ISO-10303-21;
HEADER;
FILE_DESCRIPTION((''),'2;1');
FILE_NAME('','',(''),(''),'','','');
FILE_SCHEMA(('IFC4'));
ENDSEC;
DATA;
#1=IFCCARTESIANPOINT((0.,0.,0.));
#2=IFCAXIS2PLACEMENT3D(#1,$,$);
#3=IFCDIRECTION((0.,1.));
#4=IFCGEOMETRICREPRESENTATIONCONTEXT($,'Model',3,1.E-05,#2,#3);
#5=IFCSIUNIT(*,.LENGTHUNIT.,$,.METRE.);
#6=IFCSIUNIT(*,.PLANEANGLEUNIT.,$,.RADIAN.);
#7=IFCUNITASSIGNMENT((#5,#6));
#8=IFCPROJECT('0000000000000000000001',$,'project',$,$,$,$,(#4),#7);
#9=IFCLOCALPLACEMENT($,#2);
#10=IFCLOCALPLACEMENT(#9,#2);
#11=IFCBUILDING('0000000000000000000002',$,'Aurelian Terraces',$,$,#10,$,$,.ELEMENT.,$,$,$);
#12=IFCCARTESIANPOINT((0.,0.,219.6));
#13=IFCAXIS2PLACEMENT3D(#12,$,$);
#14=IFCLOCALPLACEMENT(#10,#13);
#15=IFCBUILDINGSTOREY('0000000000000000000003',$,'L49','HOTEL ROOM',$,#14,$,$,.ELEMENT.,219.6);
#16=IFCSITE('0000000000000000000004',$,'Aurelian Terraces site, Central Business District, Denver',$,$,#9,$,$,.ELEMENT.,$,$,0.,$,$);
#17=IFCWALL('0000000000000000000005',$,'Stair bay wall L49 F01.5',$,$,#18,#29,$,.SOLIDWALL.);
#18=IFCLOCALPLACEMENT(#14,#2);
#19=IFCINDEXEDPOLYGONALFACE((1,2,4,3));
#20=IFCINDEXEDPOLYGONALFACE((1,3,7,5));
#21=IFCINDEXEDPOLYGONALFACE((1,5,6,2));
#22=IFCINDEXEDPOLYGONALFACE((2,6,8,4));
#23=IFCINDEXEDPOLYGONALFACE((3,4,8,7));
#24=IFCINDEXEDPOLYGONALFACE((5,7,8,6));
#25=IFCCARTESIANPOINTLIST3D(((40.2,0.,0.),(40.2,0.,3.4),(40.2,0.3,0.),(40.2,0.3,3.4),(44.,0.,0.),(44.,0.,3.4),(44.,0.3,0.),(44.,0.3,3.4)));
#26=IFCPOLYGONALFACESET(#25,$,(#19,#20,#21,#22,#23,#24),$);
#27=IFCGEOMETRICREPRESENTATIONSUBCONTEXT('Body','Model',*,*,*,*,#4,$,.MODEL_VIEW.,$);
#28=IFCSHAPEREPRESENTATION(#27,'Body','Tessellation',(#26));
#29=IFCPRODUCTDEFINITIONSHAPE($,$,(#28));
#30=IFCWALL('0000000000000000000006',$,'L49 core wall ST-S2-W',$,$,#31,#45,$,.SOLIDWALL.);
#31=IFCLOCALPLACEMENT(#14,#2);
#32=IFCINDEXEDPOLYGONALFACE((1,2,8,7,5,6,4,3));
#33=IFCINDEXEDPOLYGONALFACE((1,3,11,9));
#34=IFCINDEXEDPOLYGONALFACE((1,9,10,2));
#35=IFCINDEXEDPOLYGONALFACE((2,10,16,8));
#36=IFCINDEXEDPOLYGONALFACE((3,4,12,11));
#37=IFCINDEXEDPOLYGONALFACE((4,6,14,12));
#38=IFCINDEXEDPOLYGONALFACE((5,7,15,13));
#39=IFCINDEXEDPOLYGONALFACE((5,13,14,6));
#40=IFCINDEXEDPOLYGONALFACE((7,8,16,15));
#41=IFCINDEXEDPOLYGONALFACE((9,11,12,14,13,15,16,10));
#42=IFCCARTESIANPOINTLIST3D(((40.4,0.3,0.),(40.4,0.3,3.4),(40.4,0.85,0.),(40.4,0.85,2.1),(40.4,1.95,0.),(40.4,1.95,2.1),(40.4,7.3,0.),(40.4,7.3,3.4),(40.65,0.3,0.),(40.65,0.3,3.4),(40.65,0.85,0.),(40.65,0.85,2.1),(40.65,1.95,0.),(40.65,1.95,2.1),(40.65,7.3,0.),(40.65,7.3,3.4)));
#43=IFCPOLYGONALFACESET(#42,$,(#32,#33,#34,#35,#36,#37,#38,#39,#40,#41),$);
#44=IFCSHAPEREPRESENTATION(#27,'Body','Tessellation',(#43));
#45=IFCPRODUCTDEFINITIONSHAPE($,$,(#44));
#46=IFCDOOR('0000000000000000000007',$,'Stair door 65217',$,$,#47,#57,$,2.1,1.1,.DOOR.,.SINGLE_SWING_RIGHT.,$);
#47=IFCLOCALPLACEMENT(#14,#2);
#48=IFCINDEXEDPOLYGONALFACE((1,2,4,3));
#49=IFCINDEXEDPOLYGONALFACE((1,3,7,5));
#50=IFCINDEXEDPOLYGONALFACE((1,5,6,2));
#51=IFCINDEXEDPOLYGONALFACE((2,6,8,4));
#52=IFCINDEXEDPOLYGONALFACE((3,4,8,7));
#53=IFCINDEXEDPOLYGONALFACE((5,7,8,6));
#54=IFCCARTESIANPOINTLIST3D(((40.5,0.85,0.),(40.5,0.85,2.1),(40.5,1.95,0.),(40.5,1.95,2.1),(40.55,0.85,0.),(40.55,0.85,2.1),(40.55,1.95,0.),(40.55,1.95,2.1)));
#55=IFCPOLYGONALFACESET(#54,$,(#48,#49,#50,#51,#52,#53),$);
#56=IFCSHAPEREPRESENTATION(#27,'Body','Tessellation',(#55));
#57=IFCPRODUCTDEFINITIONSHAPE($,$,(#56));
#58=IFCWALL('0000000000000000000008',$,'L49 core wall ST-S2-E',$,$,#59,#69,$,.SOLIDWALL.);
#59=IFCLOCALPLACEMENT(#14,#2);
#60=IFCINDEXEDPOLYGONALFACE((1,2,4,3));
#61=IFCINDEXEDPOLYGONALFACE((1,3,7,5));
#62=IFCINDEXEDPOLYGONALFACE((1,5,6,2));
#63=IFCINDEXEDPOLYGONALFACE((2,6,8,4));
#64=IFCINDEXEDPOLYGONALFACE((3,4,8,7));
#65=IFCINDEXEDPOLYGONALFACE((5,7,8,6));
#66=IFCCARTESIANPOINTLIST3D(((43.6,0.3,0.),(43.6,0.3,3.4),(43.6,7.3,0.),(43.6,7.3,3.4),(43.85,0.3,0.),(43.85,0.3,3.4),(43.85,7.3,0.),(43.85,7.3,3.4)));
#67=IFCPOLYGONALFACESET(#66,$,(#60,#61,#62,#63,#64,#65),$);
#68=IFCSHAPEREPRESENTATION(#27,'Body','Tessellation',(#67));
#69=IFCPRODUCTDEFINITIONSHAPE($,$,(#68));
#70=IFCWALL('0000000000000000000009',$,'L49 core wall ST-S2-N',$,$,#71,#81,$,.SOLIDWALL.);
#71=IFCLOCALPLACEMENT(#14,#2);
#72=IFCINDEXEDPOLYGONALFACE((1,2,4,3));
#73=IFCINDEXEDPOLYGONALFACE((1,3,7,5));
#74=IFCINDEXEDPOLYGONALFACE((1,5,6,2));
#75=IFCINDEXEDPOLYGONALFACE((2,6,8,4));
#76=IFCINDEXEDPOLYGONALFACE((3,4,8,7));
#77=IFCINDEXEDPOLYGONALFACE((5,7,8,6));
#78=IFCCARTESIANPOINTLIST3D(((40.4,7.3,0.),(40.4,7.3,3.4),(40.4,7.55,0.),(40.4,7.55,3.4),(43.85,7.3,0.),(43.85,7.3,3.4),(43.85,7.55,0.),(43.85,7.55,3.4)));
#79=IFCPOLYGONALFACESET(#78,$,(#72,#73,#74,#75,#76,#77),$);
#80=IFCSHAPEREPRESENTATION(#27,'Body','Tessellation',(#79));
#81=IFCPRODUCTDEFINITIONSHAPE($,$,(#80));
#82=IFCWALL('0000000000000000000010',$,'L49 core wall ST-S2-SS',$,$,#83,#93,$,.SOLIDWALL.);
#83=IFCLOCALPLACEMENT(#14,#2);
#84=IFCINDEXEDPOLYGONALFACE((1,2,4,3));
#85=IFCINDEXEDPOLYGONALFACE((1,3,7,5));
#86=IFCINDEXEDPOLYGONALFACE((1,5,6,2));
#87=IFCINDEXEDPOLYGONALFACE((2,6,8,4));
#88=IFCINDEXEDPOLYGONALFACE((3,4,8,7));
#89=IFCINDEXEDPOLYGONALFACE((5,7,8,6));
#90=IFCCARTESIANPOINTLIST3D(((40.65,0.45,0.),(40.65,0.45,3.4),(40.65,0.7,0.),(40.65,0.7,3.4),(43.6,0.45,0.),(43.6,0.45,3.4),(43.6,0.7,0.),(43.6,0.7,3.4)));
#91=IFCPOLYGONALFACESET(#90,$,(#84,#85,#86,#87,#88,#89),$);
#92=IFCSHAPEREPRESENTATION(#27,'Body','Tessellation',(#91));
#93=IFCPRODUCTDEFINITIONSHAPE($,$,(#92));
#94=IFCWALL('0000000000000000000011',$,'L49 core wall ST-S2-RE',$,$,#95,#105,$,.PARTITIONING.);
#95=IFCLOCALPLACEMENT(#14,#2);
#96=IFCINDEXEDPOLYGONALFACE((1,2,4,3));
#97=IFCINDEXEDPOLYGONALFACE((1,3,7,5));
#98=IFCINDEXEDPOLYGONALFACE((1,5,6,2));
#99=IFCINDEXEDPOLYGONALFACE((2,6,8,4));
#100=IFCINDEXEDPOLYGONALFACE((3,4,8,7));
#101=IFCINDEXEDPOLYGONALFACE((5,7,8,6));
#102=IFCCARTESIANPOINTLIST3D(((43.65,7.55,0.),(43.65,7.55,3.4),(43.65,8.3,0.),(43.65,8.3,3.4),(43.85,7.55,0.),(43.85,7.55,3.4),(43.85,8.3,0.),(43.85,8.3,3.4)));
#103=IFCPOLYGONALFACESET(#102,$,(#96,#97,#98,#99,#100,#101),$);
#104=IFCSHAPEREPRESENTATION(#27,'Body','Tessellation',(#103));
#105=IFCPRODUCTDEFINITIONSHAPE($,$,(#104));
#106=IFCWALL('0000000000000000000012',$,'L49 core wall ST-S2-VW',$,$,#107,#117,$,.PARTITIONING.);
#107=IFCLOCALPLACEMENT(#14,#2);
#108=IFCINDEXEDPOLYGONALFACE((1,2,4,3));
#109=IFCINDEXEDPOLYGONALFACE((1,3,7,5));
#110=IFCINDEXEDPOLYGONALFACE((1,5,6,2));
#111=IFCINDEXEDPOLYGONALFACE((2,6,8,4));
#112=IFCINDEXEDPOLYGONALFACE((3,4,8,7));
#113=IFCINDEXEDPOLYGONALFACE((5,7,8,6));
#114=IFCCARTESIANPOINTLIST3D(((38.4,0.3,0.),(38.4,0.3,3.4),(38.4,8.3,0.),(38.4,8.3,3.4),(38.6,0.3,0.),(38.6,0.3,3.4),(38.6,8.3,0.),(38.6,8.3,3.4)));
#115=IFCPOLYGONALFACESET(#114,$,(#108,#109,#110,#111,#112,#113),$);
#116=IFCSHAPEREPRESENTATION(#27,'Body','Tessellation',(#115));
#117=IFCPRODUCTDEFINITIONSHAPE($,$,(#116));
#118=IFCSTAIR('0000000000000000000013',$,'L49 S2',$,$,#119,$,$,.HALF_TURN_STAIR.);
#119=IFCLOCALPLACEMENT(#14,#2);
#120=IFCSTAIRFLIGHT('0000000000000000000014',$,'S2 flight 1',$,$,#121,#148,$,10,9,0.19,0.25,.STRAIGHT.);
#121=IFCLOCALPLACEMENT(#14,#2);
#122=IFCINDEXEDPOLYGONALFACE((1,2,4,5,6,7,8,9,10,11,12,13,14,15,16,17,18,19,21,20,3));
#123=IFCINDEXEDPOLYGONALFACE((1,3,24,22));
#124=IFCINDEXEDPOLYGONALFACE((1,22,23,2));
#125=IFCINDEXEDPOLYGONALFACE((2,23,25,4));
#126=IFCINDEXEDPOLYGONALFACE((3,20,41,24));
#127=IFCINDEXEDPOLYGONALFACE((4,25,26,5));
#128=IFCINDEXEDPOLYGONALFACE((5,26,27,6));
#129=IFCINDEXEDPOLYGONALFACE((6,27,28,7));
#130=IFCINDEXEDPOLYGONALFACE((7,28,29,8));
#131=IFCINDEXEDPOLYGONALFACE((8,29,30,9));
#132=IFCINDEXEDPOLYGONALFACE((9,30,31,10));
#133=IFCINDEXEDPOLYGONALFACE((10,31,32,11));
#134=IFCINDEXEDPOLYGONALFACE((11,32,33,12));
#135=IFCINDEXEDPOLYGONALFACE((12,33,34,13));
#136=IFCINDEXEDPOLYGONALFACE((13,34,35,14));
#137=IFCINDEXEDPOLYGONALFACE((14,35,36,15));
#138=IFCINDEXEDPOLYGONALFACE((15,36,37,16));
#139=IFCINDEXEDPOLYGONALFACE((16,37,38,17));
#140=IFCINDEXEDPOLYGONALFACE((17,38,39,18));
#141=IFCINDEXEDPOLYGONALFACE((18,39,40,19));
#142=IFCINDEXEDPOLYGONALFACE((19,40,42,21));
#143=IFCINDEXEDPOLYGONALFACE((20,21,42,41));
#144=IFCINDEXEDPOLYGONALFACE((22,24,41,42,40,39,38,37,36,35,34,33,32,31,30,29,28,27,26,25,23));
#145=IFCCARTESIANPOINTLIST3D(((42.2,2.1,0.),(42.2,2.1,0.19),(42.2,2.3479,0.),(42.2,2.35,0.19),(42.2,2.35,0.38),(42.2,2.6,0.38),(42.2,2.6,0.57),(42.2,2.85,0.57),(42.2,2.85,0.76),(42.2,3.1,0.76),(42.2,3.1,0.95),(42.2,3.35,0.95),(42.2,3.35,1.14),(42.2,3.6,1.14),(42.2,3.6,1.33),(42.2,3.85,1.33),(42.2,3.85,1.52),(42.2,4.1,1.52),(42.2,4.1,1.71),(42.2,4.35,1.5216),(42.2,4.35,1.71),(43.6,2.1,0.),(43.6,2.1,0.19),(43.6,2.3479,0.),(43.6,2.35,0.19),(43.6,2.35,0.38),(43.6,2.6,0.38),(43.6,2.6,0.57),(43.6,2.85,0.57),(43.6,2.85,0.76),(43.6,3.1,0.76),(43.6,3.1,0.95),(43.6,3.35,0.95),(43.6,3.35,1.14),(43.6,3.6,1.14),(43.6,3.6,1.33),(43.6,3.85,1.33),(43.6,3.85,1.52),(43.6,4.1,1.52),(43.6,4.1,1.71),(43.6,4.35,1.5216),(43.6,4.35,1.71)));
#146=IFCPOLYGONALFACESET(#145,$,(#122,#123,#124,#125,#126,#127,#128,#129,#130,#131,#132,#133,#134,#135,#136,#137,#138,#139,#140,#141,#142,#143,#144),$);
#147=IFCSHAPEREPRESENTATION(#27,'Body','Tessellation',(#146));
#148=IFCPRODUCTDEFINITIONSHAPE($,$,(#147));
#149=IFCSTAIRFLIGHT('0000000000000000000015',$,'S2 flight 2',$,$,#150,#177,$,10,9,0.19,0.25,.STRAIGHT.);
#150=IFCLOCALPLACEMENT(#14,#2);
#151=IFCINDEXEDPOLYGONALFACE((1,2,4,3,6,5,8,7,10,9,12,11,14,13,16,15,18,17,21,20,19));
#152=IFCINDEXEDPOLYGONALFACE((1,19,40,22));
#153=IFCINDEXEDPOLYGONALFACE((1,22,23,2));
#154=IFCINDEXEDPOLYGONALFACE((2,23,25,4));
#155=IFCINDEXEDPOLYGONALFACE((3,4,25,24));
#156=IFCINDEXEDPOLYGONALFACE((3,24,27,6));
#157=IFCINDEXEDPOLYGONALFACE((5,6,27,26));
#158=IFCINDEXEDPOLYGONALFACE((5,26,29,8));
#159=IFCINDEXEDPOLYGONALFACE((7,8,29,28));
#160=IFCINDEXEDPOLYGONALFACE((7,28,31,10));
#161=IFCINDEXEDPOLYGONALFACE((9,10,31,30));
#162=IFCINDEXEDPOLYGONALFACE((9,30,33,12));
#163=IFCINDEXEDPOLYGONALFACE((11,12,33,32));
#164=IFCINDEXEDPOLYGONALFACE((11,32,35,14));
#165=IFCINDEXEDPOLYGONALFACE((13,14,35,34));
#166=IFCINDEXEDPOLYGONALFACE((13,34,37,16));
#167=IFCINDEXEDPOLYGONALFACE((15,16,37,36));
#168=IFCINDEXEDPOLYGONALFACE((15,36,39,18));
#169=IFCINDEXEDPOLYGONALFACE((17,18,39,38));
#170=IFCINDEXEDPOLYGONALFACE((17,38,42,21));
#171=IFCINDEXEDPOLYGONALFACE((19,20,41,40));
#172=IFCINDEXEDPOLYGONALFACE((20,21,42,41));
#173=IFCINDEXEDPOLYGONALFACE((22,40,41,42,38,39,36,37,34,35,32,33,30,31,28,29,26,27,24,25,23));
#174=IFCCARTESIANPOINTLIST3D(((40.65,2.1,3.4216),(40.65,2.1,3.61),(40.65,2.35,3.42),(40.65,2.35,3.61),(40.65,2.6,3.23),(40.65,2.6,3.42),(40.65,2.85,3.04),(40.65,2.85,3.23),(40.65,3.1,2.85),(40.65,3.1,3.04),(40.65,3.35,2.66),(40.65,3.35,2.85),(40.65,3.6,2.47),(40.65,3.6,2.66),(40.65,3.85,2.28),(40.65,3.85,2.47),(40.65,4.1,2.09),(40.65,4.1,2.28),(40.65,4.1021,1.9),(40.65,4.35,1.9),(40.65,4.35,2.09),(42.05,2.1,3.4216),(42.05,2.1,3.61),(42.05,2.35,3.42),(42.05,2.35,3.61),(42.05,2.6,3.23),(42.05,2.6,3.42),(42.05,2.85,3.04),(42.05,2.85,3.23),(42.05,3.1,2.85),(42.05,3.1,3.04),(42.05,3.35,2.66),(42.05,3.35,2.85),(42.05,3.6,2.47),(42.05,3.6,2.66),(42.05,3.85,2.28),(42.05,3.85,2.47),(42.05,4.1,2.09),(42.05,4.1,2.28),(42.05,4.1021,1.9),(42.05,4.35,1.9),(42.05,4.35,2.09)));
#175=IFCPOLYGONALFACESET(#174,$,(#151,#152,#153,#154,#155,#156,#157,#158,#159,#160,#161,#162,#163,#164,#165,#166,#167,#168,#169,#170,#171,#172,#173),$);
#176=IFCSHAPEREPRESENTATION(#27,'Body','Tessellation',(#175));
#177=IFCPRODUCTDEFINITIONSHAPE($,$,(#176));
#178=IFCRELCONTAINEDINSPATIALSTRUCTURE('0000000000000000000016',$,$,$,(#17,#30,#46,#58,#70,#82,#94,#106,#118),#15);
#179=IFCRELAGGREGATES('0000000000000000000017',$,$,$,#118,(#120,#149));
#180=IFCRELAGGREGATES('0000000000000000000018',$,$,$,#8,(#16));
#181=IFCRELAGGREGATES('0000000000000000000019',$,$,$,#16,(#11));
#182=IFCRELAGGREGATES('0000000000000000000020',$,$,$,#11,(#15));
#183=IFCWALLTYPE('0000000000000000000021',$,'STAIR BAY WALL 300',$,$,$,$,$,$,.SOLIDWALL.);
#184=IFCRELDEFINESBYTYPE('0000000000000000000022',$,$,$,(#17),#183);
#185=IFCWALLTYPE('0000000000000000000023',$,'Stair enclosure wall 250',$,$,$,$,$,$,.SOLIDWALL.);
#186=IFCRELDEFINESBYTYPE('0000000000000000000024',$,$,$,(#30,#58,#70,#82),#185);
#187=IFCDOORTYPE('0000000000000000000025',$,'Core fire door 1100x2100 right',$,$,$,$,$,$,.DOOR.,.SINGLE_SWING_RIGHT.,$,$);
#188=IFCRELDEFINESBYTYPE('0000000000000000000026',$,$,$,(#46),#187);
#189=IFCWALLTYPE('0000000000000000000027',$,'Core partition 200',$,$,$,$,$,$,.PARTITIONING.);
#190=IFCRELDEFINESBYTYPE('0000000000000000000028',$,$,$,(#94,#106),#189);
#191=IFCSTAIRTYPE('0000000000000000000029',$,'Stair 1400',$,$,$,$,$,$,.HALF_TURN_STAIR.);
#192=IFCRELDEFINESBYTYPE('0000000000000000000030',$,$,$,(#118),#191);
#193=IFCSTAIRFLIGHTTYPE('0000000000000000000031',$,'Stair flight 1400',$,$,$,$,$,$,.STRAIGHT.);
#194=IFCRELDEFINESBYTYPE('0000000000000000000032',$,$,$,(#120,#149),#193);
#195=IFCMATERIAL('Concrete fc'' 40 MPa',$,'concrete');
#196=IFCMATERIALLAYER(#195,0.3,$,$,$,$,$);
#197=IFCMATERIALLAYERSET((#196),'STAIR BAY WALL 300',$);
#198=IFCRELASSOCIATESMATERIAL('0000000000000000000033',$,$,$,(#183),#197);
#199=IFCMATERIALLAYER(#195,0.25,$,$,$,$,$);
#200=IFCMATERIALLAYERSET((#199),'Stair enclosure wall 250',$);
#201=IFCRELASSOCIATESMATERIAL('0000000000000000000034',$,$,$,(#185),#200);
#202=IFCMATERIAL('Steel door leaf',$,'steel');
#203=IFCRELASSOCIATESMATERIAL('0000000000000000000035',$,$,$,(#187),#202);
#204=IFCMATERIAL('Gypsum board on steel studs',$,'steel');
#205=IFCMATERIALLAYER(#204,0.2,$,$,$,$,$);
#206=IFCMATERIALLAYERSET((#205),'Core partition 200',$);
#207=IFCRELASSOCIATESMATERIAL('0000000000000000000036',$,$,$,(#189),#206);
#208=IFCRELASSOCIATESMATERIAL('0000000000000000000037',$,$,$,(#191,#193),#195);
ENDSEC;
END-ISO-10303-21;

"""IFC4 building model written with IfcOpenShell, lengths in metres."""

from ifc_helpers import new_model, si_unit, direction, frame, frame_2d, origin, place, context, subcontext, project, spatial, polyline, rectangle, outline, extrude, source, transform, mapped, material, layer, layer_set, type_object, element, fill, aggregate, save


model = new_model("IFC4")

# Units and contexts
model_context = context("Model", 3, precision=1e-05, world=origin(), true_north=direction((0.0, 1.0)))
body_context = subcontext(model_context, "Body", "Model", "MODEL_VIEW")
ifc_project = project(units=[si_unit("LENGTHUNIT", "METRE"), si_unit("PLANEANGLEUNIT", "RADIAN")], contexts=[model_context])

# Site, building, storey
site_placement = place(None, origin())
site = spatial("IfcSite", under=ifc_project, at=site_placement, Name="Aurelian Terraces site, Central Business District, Denver", CompositionType="ELEMENT", RefElevation=0.0)
building_placement = place(site_placement, origin())
building = spatial("IfcBuilding", under=site, at=building_placement, Name="Aurelian Terraces", CompositionType="ELEMENT")
storey_placement = place(building_placement, frame((0.0, 0.0, 219.6)))
storey = spatial("IfcBuildingStorey", under=building, at=storey_placement, Name="L49", Description="HOTEL ROOM", CompositionType="ELEMENT", Elevation=219.6)

# Wall
ifc_material_1 = material(Name="Concrete fc' 40 MPa", Category="concrete")
ifc_layer_1 = layer(ifc_material_1, 0.3)
ifc_layer_set_1 = layer_set([ifc_layer_1], Name="STAIR BAY WALL 300")
wall_type_1 = type_object("IfcWallType", Name="STAIR BAY WALL 300", PredefinedType="SOLIDWALL", material=ifc_layer_set_1)
shared_shape_1 = source(origin(), body_context, "Body", "SweptSolid", [
    extrude(rectangle(XDim=3.8, YDim=0.3, at=frame_2d((1.9, 0.0))), origin(), (0.0, 0.0, 1.0), 3.4),
])
wall_1_placement = place(storey_placement, frame((40.2, 0.15, 0.0), z_axis=(0.0, 0.0, 1.0), x_axis=(1.0, 0.0, 0.0)))
element("IfcWall", 1, at=wall_1_placement, inside=storey, type_object=wall_type_1, Name="Stair bay wall L49 F01.5", PredefinedType="SOLIDWALL", context=body_context, shape_type="MappedRepresentation", body=[
    mapped(shared_shape_1, transform((0.0, 0.0, 0.0), scale=1.0)),
])

# Wall, opening, door
ifc_layer_2 = layer(ifc_material_1, 0.25)
ifc_layer_set_2 = layer_set([ifc_layer_2], Name="Stair enclosure wall 250")
wall_type_2 = type_object("IfcWallType", Name="Stair enclosure wall 250", PredefinedType="SOLIDWALL", material=ifc_layer_set_2)
shared_shape_2 = source(origin(), body_context, "Body", "SweptSolid", [
    extrude(rectangle(XDim=7.0, YDim=0.25, at=frame_2d((3.5, 0.0))), origin(), (0.0, 0.0, 1.0), 3.4),
])
wall_2_placement = place(storey_placement, frame((40.525, 0.3, 0.0), z_axis=(0.0, 0.0, 1.0), x_axis=(0.0, 1.0, 0.0)))
wall_2 = element("IfcWall", 2, at=wall_2_placement, inside=storey, type_object=wall_type_2, Name="L49 core wall ST-S2-W", PredefinedType="SOLIDWALL", context=body_context, shape_type="MappedRepresentation", body=[
    mapped(shared_shape_2, transform((0.0, 0.0, 0.0), scale=1.0)),
])
shared_shape_3 = source(origin(), body_context, "Body", "SweptSolid", [
    extrude(rectangle(XDim=1.1, YDim=2.1, at=frame_2d((0.55, 1.05))), frame((0.0, 0.135, 0.0), z_axis=(0.0, -1.0, 0.0), x_axis=(1.0, 0.0, 0.0)), (0.0, 0.0, 1.0), 0.27),
])
opening_placement = place(wall_2_placement, frame((0.55, 0.0, 0.0)))
opening = element("IfcOpeningElement", 3, at=opening_placement, cuts=wall_2, PredefinedType="OPENING", context=body_context, shape_type="MappedRepresentation", body=[
    mapped(shared_shape_3, transform((0.0, 0.0, 0.0), scale=1.0)),
])
ifc_material_2 = material(Name="Steel door leaf", Category="steel")
door_type = type_object("IfcDoorType", Name="Core fire door 1100x2100 right", OperationType="SINGLE_SWING_RIGHT", PredefinedType="DOOR", material=ifc_material_2)
shared_shape_4 = source(origin(), body_context, "Body", "SweptSolid", [
    extrude(rectangle(XDim=1.1, YDim=2.1, at=frame_2d((0.55, 1.05))), frame((0.0, 0.025, 0.0), z_axis=(0.0, -1.0, 0.0), x_axis=(1.0, 0.0, 0.0)), (0.0, 0.0, 1.0), 0.05),
])
door_placement = place(opening_placement, origin())
door = element("IfcDoor", 4, at=door_placement, inside=storey, type_object=door_type, Name="Stair door 65217", OperationType="SINGLE_SWING_RIGHT", OverallHeight=2.1, OverallWidth=1.1, PredefinedType="DOOR", context=body_context, shape_type="MappedRepresentation", body=[
    mapped(shared_shape_4, transform((0.0, 0.0, 0.0), scale=1.0)),
])
fill(opening, door)

# Walls
wall_3_placement = place(storey_placement, frame((43.725, 0.3, 0.0), z_axis=(0.0, 0.0, 1.0), x_axis=(0.0, 1.0, 0.0)))
element("IfcWall", 5, at=wall_3_placement, inside=storey, type_object=wall_type_2, Name="L49 core wall ST-S2-E", PredefinedType="SOLIDWALL", context=body_context, shape_type="MappedRepresentation", body=[
    mapped(shared_shape_2, transform((0.0, 0.0, 0.0), scale=1.0)),
])
shared_shape_5 = source(origin(), body_context, "Body", "SweptSolid", [
    extrude(rectangle(XDim=3.45, YDim=0.25, at=frame_2d((1.725, 0.0))), origin(), (0.0, 0.0, 1.0), 3.4),
])
wall_4_placement = place(storey_placement, frame((40.4, 7.425, 0.0), z_axis=(0.0, 0.0, 1.0), x_axis=(1.0, 0.0, 0.0)))
element("IfcWall", 6, at=wall_4_placement, inside=storey, type_object=wall_type_2, Name="L49 core wall ST-S2-N", PredefinedType="SOLIDWALL", context=body_context, shape_type="MappedRepresentation", body=[
    mapped(shared_shape_5, transform((0.0, 0.0, 0.0), scale=1.0)),
])
shared_shape_6 = source(origin(), body_context, "Body", "SweptSolid", [
    extrude(rectangle(XDim=2.95, YDim=0.25, at=frame_2d((1.475, 0.0))), origin(), (0.0, 0.0, 1.0), 3.4),
])
wall_5_placement = place(storey_placement, frame((40.65, 0.575, 0.0), z_axis=(0.0, 0.0, 1.0), x_axis=(1.0, 0.0, 0.0)))
element("IfcWall", 7, at=wall_5_placement, inside=storey, type_object=wall_type_2, Name="L49 core wall ST-S2-SS", PredefinedType="SOLIDWALL", context=body_context, shape_type="MappedRepresentation", body=[
    mapped(shared_shape_6, transform((0.0, 0.0, 0.0), scale=1.0)),
])
ifc_material_3 = material(Name="Gypsum board on steel studs", Category="steel")
ifc_layer_3 = layer(ifc_material_3, 0.2)
ifc_layer_set_3 = layer_set([ifc_layer_3], Name="Core partition 200")
wall_type_3 = type_object("IfcWallType", Name="Core partition 200", PredefinedType="PARTITIONING", material=ifc_layer_set_3)
shared_shape_7 = source(origin(), body_context, "Body", "SweptSolid", [
    extrude(rectangle(XDim=0.75, YDim=0.2, at=frame_2d((0.375, 0.0))), origin(), (0.0, 0.0, 1.0), 3.4),
])
wall_6_placement = place(storey_placement, frame((43.75, 7.55, 0.0), z_axis=(0.0, 0.0, 1.0), x_axis=(0.0, 1.0, 0.0)))
element("IfcWall", 8, at=wall_6_placement, inside=storey, type_object=wall_type_3, Name="L49 core wall ST-S2-RE", PredefinedType="PARTITIONING", context=body_context, shape_type="MappedRepresentation", body=[
    mapped(shared_shape_7, transform((0.0, 0.0, 0.0), scale=1.0)),
])
shared_shape_8 = source(origin(), body_context, "Body", "SweptSolid", [
    extrude(rectangle(XDim=8.0, YDim=0.2, at=frame_2d((4.0, 0.0))), origin(), (0.0, 0.0, 1.0), 3.4),
])
wall_7_placement = place(storey_placement, frame((38.5, 0.3, 0.0), z_axis=(0.0, 0.0, 1.0), x_axis=(0.0, 1.0, 0.0)))
element("IfcWall", 9, at=wall_7_placement, inside=storey, type_object=wall_type_3, Name="L49 core wall ST-S2-VW", PredefinedType="PARTITIONING", context=body_context, shape_type="MappedRepresentation", body=[
    mapped(shared_shape_8, transform((0.0, 0.0, 0.0), scale=1.0)),
])

# Stair, stair flights
stair_type = type_object("IfcStairType", Name="Stair 1400", PredefinedType="HALF_TURN_STAIR", material=ifc_material_1)
stair_placement = place(storey_placement, origin())
stair = element("IfcStair", 10, at=stair_placement, inside=storey, type_object=stair_type, Name="L49 S2", PredefinedType="HALF_TURN_STAIR")
stair_flight_type = type_object("IfcStairFlightType", Name="Stair flight 1400", PredefinedType="STRAIGHT", material=ifc_material_1)
shared_shape_9 = source(origin(), body_context, "Body", "SweptSolid", [
    extrude(outline(polyline([(0.0, 0.0), (0.0, 0.19), (0.25, 0.19), (0.25, 0.38), (0.5, 0.38), (0.5, 0.57), (0.75, 0.57), (0.75, 0.76), (1.0, 0.76), (1.0, 0.95), (1.25, 0.95), (1.25, 1.14), (1.5, 1.14), (1.5, 1.33), (1.75, 1.33), (1.75, 1.52), (2.0, 1.52), (2.0, 1.71), (2.25, 1.71), (2.25, 1.9), (2.25, 1.5216), (0.2479, 0.0), (0.0, 0.0)])), frame((0.0, 0.7, 0.0), z_axis=(0.0, -1.0, 0.0), x_axis=(1.0, 0.0, 0.0)), (0.0, 0.0, 1.0), 1.4),
])
stair_flight_1_placement = place(storey_placement, frame((42.9, 2.1, 0.0), z_axis=(0.0, 0.0, 1.0), x_axis=(0.0, 1.0, 0.0)))
stair_flight_1 = element("IfcStairFlight", 11, at=stair_flight_1_placement, type_object=stair_flight_type, Name="S2 flight 1", NumberOfRisers=10, NumberOfTreads=9, PredefinedType="STRAIGHT", RiserHeight=0.19, TreadLength=0.25, context=body_context, shape_type="MappedRepresentation", body=[
    mapped(shared_shape_9, transform((0.0, 0.0, 0.0), scale=1.0)),
])
stair_flight_2_placement = place(storey_placement, frame((41.35, 4.35, 1.9), z_axis=(0.0, 0.0, 1.0), x_axis=(0.0, -1.0, 0.0)))
stair_flight_2 = element("IfcStairFlight", 12, at=stair_flight_2_placement, type_object=stair_flight_type, Name="S2 flight 2", NumberOfRisers=10, NumberOfTreads=9, PredefinedType="STRAIGHT", RiserHeight=0.19, TreadLength=0.25, context=body_context, shape_type="MappedRepresentation", body=[
    mapped(shared_shape_9, transform((0.0, 0.0, 0.0), scale=1.0)),
])
aggregate(stair, [stair_flight_1, stair_flight_2])

save(model, "model.ifc")
